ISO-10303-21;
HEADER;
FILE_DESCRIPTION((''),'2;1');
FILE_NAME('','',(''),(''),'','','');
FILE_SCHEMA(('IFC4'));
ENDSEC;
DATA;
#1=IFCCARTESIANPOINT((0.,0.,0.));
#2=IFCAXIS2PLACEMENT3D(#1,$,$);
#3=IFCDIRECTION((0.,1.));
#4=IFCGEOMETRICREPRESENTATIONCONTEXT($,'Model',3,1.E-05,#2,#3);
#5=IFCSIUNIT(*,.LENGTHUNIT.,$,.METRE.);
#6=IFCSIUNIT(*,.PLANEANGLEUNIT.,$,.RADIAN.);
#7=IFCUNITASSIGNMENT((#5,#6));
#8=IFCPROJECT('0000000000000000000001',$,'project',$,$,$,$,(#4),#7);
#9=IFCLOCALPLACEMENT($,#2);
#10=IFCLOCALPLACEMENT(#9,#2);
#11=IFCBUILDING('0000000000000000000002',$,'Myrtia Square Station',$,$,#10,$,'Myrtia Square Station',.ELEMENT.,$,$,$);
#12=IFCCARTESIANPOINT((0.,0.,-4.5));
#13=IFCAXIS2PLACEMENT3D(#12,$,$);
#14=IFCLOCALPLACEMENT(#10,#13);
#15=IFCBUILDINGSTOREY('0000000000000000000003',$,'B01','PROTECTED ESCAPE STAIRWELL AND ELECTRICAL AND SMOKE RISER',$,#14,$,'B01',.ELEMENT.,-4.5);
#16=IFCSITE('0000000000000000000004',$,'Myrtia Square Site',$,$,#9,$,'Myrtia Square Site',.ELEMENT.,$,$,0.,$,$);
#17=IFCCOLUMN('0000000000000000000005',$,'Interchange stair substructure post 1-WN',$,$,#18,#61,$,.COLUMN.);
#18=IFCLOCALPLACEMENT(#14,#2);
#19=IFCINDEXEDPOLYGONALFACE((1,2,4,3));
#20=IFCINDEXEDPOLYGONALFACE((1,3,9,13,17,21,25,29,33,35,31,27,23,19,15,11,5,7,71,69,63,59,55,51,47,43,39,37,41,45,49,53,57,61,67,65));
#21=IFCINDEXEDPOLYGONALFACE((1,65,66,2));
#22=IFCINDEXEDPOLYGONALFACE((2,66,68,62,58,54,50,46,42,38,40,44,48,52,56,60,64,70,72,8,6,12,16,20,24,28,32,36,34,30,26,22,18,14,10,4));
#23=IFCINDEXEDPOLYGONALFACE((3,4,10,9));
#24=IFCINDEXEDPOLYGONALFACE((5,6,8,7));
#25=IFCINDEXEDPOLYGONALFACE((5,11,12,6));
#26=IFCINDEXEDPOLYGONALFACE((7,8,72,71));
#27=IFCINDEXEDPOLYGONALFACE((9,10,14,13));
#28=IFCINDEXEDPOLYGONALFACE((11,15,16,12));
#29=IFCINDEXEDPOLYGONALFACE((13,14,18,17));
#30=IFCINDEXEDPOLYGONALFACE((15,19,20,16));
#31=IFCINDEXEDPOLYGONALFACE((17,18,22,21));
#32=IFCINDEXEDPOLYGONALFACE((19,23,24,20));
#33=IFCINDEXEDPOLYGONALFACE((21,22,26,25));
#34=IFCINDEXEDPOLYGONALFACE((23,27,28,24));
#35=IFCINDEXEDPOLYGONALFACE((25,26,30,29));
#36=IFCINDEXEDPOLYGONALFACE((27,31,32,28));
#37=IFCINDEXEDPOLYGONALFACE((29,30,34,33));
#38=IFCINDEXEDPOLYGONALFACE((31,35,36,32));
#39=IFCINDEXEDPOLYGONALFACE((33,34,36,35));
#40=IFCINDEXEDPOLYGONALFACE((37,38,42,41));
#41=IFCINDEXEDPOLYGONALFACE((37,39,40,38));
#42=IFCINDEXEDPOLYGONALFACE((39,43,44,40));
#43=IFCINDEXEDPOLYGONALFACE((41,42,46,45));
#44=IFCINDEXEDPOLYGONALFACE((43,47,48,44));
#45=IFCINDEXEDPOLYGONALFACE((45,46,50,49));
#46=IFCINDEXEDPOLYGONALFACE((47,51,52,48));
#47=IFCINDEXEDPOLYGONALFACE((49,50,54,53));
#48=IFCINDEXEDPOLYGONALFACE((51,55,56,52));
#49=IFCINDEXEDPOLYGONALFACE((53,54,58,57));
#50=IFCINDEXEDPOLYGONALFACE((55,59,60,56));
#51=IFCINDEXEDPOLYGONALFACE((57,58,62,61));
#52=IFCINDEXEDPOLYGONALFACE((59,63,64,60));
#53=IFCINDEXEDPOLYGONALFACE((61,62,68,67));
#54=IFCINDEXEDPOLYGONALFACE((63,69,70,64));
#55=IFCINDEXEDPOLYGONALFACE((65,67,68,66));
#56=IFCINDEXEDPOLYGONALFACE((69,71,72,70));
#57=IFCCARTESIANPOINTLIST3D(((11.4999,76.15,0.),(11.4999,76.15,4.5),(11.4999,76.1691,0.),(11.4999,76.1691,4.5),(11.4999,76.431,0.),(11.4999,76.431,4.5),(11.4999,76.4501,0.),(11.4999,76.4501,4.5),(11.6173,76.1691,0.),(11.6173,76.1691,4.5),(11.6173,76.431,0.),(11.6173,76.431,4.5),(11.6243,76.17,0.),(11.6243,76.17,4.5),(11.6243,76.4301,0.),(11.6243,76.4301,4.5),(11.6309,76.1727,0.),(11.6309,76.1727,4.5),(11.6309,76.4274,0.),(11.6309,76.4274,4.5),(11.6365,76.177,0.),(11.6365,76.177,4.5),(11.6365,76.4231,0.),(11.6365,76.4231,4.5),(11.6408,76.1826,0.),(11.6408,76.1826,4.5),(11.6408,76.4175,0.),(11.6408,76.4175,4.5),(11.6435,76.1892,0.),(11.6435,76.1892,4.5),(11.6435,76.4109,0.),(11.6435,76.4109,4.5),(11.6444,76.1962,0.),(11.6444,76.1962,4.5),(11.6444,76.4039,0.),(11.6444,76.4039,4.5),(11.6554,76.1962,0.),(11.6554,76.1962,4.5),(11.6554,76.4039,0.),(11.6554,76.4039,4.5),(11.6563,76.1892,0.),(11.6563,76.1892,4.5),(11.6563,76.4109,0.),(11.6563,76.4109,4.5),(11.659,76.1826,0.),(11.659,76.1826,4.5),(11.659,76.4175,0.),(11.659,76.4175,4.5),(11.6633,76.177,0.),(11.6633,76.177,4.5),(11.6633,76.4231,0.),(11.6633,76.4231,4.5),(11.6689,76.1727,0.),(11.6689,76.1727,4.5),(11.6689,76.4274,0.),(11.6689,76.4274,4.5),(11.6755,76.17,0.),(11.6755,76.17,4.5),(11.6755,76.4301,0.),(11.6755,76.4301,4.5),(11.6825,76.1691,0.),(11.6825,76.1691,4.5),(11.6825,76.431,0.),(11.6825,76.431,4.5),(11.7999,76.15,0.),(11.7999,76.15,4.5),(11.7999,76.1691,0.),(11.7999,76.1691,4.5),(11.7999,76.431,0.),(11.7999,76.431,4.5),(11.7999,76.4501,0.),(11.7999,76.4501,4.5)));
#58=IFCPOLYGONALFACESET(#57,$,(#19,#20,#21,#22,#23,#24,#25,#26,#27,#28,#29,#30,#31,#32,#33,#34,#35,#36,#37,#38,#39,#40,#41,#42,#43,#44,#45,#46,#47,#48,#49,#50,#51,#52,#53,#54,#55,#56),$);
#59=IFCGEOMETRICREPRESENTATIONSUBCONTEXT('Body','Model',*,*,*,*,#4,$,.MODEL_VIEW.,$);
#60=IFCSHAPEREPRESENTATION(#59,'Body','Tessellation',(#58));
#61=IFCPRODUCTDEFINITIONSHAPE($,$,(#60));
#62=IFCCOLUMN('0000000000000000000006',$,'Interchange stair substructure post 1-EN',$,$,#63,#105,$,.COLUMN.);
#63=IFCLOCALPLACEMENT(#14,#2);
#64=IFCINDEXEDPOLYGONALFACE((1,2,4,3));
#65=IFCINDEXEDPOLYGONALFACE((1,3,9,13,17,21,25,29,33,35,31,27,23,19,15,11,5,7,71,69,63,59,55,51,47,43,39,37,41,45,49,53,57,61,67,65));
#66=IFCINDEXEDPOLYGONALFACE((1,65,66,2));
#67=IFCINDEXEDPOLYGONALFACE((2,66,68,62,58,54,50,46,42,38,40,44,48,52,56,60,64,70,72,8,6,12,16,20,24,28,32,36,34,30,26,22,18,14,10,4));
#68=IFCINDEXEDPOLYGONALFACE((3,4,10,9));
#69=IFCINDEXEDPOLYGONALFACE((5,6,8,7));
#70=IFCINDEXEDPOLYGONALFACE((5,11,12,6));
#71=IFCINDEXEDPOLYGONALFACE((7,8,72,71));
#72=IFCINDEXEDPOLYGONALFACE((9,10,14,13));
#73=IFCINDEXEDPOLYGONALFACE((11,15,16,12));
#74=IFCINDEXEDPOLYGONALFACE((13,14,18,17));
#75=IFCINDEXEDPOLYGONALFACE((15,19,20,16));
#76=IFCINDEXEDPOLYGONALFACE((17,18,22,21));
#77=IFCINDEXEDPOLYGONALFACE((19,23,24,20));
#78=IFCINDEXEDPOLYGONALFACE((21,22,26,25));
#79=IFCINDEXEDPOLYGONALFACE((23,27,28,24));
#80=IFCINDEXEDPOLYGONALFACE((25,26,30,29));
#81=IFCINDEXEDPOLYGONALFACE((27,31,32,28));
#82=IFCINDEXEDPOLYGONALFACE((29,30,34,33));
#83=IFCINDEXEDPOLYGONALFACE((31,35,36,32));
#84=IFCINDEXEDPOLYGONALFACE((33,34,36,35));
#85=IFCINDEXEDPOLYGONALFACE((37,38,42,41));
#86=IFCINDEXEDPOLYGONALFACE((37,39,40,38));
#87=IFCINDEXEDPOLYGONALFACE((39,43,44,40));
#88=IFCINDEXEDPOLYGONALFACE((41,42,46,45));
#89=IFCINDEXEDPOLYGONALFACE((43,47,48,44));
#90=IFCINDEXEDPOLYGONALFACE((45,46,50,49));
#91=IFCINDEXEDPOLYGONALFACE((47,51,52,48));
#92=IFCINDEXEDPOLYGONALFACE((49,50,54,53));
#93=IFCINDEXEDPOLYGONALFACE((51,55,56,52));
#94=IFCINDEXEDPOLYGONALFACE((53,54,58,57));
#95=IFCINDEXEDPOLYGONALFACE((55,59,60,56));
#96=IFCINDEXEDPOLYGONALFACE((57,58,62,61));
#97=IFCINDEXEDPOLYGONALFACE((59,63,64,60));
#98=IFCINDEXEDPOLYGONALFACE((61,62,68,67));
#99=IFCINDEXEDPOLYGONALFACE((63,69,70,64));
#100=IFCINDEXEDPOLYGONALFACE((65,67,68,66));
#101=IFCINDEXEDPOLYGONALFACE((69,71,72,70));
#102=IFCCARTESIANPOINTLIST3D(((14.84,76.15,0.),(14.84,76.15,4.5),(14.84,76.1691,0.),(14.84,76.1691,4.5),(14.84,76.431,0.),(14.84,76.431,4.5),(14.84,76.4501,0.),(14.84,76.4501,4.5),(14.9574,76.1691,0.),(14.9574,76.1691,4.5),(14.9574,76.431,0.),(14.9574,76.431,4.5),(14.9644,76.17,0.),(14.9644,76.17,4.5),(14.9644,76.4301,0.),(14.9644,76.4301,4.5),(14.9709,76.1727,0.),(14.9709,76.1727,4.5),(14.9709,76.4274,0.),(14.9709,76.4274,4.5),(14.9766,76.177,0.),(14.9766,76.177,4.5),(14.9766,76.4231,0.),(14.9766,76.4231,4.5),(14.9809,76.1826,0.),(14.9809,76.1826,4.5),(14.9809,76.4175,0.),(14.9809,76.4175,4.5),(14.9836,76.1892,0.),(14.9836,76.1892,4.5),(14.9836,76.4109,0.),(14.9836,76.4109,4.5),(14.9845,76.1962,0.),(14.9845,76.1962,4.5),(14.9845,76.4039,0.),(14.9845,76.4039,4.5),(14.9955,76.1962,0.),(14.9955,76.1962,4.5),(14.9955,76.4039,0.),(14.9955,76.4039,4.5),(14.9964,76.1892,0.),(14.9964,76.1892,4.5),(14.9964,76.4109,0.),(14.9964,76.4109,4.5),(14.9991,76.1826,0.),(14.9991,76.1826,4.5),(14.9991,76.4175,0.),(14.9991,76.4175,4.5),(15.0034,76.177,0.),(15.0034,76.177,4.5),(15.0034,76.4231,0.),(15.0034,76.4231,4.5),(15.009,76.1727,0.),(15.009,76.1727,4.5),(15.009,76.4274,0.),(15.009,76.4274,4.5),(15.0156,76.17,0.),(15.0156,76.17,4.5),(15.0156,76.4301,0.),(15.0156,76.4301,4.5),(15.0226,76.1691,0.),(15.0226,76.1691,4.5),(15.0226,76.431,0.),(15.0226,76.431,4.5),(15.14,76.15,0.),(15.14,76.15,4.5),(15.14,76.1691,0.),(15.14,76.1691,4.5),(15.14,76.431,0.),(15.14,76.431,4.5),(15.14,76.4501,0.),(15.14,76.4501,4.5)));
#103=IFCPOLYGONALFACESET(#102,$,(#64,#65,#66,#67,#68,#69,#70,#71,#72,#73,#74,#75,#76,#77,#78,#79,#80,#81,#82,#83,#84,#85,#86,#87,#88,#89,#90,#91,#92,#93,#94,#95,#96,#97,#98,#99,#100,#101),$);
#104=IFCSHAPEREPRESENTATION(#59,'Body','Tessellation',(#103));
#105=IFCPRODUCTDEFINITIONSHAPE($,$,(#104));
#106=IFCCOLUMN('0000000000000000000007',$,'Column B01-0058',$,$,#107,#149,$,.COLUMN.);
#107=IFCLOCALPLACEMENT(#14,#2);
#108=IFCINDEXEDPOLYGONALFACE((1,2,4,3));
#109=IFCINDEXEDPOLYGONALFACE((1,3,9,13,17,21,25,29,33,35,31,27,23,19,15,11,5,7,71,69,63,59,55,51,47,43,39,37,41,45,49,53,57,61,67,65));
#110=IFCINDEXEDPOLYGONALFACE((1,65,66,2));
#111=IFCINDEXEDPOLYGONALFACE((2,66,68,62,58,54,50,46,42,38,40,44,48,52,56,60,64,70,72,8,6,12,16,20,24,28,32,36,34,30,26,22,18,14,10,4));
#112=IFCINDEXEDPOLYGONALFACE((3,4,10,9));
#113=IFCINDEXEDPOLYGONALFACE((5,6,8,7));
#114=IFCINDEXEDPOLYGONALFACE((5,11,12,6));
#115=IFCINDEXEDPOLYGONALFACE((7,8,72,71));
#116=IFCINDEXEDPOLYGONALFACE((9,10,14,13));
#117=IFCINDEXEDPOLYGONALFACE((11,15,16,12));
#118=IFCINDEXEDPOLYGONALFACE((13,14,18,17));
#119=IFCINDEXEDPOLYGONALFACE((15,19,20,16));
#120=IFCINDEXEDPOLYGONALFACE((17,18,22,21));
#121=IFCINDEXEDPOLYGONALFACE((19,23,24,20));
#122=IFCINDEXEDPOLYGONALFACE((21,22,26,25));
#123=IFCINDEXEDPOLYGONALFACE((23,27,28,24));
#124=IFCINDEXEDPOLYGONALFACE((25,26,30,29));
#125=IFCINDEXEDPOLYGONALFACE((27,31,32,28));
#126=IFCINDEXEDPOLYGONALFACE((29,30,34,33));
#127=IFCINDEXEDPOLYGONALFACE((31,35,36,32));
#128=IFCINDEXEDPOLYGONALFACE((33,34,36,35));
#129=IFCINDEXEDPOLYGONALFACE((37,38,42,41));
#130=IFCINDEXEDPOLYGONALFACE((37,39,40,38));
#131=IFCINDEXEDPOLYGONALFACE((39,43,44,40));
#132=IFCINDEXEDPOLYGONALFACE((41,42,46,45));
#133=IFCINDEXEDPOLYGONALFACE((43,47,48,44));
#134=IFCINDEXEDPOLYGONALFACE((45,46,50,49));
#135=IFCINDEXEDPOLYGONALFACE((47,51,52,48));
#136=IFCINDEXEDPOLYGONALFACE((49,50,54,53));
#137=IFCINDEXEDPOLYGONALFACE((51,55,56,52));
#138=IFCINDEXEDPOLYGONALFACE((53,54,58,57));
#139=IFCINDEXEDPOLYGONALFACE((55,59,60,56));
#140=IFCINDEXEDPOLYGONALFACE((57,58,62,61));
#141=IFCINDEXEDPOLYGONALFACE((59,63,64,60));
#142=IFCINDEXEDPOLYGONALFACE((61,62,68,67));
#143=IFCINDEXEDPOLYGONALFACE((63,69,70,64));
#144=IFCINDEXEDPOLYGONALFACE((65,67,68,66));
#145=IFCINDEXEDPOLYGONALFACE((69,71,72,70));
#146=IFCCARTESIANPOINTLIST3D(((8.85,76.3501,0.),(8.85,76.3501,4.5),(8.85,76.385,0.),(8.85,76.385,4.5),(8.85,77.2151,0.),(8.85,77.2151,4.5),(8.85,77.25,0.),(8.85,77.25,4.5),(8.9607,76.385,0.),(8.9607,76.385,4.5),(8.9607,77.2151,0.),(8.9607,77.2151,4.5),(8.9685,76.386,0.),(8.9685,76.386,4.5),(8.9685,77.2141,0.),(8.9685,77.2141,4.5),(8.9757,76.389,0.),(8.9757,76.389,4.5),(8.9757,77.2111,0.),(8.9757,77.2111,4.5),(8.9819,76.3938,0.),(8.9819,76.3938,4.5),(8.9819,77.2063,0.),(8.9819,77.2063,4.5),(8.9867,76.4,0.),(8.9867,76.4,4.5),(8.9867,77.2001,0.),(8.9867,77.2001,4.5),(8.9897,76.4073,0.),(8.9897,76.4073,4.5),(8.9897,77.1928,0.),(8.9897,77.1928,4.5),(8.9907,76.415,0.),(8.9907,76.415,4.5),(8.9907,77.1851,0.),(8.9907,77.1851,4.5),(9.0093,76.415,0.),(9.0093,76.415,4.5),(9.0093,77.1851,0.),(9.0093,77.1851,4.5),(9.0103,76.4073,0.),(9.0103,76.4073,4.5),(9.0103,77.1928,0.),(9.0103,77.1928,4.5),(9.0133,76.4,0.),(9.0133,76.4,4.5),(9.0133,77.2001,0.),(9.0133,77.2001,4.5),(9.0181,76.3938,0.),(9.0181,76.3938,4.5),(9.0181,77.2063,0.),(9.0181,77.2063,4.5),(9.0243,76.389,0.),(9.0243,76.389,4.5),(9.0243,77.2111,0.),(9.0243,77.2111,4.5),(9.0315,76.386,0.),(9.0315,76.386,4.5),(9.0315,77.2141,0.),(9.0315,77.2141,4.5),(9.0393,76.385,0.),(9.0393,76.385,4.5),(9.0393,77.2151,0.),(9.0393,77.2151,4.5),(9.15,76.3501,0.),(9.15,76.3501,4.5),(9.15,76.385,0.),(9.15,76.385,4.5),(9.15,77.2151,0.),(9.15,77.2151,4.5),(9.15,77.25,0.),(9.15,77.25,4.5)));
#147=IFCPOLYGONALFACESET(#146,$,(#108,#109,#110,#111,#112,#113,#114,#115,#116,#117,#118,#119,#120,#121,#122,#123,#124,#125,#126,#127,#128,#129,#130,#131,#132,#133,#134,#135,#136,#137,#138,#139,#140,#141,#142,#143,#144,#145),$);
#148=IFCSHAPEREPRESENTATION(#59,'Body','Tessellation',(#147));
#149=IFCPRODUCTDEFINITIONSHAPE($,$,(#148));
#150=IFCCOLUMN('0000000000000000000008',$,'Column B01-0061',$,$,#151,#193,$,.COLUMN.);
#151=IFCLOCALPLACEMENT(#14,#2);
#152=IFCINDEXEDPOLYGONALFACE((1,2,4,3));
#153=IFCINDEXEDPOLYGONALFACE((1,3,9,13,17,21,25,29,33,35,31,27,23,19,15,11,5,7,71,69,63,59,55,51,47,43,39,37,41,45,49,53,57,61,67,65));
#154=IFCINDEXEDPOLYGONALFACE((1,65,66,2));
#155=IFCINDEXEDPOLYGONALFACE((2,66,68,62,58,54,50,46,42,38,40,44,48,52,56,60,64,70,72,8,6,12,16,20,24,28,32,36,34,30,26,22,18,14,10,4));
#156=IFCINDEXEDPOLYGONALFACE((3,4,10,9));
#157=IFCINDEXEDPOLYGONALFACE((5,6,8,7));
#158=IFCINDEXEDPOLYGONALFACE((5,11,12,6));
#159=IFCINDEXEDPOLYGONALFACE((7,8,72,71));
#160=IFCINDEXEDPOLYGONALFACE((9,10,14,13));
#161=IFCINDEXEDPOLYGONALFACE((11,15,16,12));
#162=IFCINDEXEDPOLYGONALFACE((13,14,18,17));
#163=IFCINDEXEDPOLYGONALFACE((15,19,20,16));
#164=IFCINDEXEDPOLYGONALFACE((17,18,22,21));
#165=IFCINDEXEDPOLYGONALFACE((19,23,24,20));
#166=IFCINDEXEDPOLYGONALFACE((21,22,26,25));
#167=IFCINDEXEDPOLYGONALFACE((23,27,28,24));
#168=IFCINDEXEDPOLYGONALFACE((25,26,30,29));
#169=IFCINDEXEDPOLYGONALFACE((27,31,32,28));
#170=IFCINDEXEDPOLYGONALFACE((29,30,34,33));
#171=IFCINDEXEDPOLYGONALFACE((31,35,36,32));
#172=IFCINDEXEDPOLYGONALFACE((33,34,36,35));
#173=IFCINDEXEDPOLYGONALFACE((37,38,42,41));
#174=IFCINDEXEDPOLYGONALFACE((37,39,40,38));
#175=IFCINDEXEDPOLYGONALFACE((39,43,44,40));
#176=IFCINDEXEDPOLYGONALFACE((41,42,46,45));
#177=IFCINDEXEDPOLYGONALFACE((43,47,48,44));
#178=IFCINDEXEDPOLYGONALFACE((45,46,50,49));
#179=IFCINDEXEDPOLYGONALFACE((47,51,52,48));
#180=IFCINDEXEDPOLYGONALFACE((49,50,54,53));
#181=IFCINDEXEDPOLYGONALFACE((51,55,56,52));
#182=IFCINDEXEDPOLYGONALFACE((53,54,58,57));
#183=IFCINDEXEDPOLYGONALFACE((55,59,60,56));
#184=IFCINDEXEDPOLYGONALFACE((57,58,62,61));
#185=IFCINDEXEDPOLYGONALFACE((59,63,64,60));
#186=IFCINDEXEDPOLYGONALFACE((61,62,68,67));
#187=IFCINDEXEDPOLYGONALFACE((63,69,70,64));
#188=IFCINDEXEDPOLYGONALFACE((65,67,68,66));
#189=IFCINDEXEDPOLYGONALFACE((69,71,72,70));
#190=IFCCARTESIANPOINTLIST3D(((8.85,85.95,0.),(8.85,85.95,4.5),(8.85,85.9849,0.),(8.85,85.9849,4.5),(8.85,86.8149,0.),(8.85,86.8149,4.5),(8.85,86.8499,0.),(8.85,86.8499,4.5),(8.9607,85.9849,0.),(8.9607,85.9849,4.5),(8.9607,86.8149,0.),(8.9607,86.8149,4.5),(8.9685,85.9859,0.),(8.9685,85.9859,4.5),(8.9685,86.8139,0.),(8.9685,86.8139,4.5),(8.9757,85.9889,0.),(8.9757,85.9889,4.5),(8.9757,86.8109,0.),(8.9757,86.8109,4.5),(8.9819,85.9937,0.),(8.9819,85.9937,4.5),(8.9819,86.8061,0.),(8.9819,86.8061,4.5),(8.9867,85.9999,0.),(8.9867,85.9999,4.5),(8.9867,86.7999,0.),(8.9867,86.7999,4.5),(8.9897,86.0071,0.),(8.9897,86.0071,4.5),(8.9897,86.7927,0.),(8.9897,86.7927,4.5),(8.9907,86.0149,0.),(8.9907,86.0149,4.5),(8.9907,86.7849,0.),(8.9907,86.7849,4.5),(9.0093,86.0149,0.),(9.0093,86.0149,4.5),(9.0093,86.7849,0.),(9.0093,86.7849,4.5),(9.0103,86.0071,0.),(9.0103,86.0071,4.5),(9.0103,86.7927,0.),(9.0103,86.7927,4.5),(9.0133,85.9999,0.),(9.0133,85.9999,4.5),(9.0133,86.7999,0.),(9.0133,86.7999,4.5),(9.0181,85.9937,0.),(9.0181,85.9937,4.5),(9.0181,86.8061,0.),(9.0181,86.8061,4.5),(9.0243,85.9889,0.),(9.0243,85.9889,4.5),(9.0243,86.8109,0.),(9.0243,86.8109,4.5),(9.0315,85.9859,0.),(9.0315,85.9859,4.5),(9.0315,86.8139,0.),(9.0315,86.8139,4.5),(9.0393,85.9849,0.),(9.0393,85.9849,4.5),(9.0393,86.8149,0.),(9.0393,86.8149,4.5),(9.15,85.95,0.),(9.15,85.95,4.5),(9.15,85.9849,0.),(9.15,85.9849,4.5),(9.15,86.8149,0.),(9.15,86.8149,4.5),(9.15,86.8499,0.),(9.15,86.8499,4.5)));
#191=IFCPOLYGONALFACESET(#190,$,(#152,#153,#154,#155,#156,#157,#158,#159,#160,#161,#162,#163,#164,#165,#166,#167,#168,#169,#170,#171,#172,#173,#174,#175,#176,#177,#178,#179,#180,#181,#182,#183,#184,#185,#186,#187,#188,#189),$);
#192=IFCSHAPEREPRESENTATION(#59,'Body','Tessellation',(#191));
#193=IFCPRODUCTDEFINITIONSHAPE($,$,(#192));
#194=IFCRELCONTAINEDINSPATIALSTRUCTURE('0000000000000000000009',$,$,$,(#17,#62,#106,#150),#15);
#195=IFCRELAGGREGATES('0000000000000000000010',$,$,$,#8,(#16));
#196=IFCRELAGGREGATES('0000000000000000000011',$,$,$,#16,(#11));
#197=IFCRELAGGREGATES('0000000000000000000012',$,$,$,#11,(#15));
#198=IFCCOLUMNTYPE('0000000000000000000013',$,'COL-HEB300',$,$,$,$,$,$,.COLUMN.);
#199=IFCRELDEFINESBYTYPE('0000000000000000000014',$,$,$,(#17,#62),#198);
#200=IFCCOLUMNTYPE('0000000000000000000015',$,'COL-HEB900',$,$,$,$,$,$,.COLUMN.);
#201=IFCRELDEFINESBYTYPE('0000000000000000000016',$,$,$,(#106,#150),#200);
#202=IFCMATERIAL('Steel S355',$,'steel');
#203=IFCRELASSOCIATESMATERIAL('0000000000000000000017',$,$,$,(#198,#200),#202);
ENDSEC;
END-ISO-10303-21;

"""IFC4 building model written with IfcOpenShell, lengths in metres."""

from ifc_helpers import new_model, si_unit, direction, frame, origin, origin_2d, place, context, subcontext, project, spatial, i_section, extrude, material, material_profile, profile_set, type_object, element, save


model = new_model("IFC4")

# Units and contexts
model_context = context("Model", 3, precision=1e-05, world=origin(), true_north=direction((0.0, 1.0)))
body_context = subcontext(model_context, "Body", "Model", "MODEL_VIEW")
ifc_project = project(units=[si_unit("LENGTHUNIT", "METRE"), si_unit("PLANEANGLEUNIT", "RADIAN")], contexts=[model_context])

# Site, building, storey
site_placement = place(None, origin())
site = spatial("IfcSite", under=ifc_project, at=site_placement, Name="Myrtia Square Site", LongName="Myrtia Square Site", CompositionType="ELEMENT", RefElevation=0.0)
building_placement = place(site_placement, origin())
building = spatial("IfcBuilding", under=site, at=building_placement, Name="Myrtia Square Station", LongName="Myrtia Square Station", CompositionType="ELEMENT")
storey_placement = place(building_placement, frame((0.0, 0.0, -4.5)))
storey = spatial("IfcBuildingStorey", under=building, at=storey_placement, Name="B01", Description="PROTECTED ESCAPE STAIRWELL AND ELECTRICAL AND SMOKE RISER", LongName="B01", CompositionType="ELEMENT", Elevation=-4.5)

# Columns
ifc_material_1 = material(Name="Steel S355", Category="steel")
ifc_material_profile_1 = material_profile(ifc_material_1, i_section(OverallWidth=0.3, OverallDepth=0.3, WebThickness=0.011, FlangeThickness=0.019, FilletRadius=0.0271, at=origin_2d()), Name="HEB 300")
ifc_profile_set_1 = profile_set([ifc_material_profile_1], Name="Steel S355")
column_type_1 = type_object("IfcColumnType", Name="COL-HEB300", PredefinedType="COLUMN", material=ifc_profile_set_1)
for number, where, z_axis, x_axis, name in (
    (1, (11.6499, 76.3, 0.0), (0.0, 0.0, 1.0), (1.0, 0.0, 0.0), "Interchange stair substructure post 1-WN"),
    (2, (14.99, 76.3, 0.0), (0.0, 0.0, 1.0), (1.0, 0.0, 0.0), "Interchange stair substructure post 1-EN"),
):
    element("IfcColumn", number, at=place(storey_placement, frame(where, z_axis=z_axis, x_axis=x_axis)), inside=storey, type_object=column_type_1, Name=name, PredefinedType="COLUMN", context=body_context, shape_type="SweptSolid", body=[
        extrude(i_section(OverallWidth=0.3, OverallDepth=0.3, WebThickness=0.011, FlangeThickness=0.019, FilletRadius=0.0271, at=origin_2d()), origin(), (0.0, 0.0, 1.0), 4.5),
    ])
ifc_material_profile_2 = material_profile(ifc_material_1, i_section(OverallWidth=0.3, OverallDepth=0.8999, WebThickness=0.0186, FlangeThickness=0.0349, FilletRadius=0.03, at=origin_2d()), Name="HEB 900")
ifc_profile_set_2 = profile_set([ifc_material_profile_2], Name="Steel S355")
column_type_2 = type_object("IfcColumnType", Name="COL-HEB900", PredefinedType="COLUMN", material=ifc_profile_set_2)
for number, where, z_axis, x_axis, name in (
    (3, (9.0, 76.8, 0.0), (0.0, 0.0, 1.0), (1.0, 0.0, 0.0), "Column B01-0058"),
    (4, (9.0, 86.3999, 0.0), (0.0, 0.0, 1.0), (1.0, 0.0, 0.0), "Column B01-0061"),
):
    element("IfcColumn", number, at=place(storey_placement, frame(where, z_axis=z_axis, x_axis=x_axis)), inside=storey, type_object=column_type_2, Name=name, PredefinedType="COLUMN", context=body_context, shape_type="SweptSolid", body=[
        extrude(i_section(OverallWidth=0.3, OverallDepth=0.8999, WebThickness=0.0186, FlangeThickness=0.0349, FilletRadius=0.03, at=origin_2d()), origin(), (0.0, 0.0, 1.0), 4.5),
    ])

save(model, "model.ifc")
